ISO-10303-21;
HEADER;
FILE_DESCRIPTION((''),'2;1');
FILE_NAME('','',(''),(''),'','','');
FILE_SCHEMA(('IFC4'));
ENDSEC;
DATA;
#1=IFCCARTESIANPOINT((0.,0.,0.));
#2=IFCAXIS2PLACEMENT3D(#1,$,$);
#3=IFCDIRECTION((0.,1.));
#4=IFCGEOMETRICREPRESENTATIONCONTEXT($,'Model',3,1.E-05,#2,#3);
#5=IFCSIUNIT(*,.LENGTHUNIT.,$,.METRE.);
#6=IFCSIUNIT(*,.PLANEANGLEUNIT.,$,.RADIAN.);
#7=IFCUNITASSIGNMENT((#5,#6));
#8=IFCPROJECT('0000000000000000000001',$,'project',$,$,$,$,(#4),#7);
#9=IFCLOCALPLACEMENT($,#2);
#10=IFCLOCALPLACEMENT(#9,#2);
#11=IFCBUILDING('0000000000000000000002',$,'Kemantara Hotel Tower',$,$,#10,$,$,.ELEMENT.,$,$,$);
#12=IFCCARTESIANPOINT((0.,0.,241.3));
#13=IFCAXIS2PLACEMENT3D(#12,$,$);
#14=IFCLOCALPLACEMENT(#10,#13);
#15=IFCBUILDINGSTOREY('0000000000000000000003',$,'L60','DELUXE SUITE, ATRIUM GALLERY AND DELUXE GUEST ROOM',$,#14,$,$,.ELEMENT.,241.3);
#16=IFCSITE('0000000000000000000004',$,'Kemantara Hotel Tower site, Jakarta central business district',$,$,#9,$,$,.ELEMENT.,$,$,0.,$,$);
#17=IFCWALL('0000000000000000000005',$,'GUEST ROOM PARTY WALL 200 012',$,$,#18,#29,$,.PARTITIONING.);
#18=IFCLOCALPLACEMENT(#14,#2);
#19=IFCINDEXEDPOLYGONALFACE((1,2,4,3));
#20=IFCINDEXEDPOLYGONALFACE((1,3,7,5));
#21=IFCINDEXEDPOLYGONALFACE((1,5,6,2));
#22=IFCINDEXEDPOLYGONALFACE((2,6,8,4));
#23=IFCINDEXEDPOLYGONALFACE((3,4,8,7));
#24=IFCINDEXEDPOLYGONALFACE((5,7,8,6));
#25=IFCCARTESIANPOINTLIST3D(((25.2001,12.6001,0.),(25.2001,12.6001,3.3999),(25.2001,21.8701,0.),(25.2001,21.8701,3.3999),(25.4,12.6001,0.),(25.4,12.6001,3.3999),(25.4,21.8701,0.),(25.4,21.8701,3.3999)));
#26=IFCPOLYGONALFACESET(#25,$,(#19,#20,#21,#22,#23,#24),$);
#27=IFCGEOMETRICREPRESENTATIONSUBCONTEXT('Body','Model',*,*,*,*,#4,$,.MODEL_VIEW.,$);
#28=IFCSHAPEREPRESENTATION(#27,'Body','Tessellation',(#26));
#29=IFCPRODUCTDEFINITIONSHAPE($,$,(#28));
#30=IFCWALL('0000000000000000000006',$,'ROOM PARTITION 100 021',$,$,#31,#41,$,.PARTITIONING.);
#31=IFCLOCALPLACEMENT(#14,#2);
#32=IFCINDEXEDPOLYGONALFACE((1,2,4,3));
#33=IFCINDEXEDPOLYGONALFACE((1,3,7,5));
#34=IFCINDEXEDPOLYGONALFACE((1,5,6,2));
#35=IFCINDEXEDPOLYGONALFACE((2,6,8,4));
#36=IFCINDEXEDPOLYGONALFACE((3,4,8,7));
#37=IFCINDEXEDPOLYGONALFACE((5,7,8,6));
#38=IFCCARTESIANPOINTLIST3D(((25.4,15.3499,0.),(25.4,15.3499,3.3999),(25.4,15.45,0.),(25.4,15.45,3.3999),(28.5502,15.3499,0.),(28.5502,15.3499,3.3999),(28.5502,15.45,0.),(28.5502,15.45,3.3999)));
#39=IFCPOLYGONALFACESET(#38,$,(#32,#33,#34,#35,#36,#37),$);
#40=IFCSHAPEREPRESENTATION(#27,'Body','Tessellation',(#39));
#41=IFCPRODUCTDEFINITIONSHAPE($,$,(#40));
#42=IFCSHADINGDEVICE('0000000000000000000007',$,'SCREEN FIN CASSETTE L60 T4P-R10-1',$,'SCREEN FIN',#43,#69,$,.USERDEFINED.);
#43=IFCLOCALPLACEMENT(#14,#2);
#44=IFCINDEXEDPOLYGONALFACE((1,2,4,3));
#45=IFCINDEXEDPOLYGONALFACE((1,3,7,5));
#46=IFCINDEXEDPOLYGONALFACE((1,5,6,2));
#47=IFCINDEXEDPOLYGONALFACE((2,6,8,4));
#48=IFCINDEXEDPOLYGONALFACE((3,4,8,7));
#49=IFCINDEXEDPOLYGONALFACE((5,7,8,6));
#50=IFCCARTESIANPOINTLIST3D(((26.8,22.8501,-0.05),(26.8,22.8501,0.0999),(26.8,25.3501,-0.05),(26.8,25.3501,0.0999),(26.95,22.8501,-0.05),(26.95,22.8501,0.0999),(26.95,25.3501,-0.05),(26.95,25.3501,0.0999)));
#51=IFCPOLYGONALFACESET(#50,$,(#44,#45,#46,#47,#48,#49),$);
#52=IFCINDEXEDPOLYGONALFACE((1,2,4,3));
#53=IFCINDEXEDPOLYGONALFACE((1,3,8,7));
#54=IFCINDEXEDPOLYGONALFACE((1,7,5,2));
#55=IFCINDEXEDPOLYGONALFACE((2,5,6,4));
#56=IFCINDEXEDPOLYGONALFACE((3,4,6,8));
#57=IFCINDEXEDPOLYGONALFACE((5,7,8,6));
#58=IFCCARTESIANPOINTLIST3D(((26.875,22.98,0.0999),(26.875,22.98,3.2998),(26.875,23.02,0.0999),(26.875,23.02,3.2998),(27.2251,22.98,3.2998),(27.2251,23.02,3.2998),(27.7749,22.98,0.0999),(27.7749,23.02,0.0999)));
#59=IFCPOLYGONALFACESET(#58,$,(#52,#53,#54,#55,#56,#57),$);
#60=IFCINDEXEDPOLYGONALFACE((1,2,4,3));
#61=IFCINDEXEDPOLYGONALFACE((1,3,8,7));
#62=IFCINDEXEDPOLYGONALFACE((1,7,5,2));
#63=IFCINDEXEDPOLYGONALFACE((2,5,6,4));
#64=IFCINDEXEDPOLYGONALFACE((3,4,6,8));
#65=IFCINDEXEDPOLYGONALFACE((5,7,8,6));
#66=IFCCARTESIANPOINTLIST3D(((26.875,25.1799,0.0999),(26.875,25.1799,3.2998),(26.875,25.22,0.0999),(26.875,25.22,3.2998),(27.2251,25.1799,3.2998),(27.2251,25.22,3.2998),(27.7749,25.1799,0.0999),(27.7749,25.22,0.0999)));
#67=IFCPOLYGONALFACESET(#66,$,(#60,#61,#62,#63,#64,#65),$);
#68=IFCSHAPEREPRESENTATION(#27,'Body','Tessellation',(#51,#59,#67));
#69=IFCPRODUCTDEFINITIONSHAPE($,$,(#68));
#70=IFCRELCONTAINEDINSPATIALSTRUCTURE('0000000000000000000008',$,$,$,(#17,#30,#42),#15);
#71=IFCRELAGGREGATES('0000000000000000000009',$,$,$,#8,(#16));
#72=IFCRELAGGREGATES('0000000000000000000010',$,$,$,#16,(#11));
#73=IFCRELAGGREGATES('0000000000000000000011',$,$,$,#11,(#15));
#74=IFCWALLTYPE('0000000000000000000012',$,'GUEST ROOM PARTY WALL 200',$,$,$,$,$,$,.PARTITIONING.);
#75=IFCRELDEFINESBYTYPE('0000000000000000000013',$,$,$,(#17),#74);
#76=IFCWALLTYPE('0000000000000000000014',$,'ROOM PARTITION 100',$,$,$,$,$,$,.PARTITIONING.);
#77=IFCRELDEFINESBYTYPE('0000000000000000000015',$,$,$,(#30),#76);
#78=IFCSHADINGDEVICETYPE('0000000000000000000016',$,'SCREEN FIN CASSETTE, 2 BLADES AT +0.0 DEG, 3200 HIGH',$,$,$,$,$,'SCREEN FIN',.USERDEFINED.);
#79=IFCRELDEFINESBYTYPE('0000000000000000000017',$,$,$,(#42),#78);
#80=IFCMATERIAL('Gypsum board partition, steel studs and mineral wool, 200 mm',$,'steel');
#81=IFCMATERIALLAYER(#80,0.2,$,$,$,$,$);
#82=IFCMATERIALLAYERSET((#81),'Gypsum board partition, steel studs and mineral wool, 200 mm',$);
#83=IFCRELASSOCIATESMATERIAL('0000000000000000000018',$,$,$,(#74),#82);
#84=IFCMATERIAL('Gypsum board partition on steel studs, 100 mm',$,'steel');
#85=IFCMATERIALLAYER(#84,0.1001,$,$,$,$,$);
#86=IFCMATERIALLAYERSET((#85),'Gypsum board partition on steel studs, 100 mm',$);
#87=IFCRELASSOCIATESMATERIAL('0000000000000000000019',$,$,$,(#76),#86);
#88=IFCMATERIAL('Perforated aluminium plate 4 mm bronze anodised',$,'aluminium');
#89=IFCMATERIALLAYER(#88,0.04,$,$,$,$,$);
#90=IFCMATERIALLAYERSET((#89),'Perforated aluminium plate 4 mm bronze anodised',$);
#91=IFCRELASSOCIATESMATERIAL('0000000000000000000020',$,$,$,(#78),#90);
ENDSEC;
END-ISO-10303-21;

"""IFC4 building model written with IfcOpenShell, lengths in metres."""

from ifc_helpers import new_model, si_unit, direction, frame, frame_2d, origin, origin_2d, place, context, subcontext, project, spatial, polyline, rectangle, outline, extrude, source, transform, mapped, material, layer, layer_set, type_object, element, save


model = new_model("IFC4")

# Units and contexts
model_context = context("Model", 3, precision=1e-05, world=origin(), true_north=direction((0.0, 1.0)))
body_context = subcontext(model_context, "Body", "Model", "MODEL_VIEW")
ifc_project = project(units=[si_unit("LENGTHUNIT", "METRE"), si_unit("PLANEANGLEUNIT", "RADIAN")], contexts=[model_context])

# Site, building, storey
site_placement = place(None, origin())
site = spatial("IfcSite", under=ifc_project, at=site_placement, Name="Kemantara Hotel Tower site, Jakarta central business district", CompositionType="ELEMENT", RefElevation=0.0)
building_placement = place(site_placement, origin())
building = spatial("IfcBuilding", under=site, at=building_placement, Name="Kemantara Hotel Tower", CompositionType="ELEMENT")
storey_placement = place(building_placement, frame((0.0, 0.0, 241.3)))
storey = spatial("IfcBuildingStorey", under=building, at=storey_placement, Name="L60", Description="DELUXE SUITE, ATRIUM GALLERY AND DELUXE GUEST ROOM", CompositionType="ELEMENT", Elevation=241.3)

# Walls
ifc_material_1 = material(Name="Gypsum board partition, steel studs and mineral wool, 200 mm", Category="steel")
ifc_layer_1 = layer(ifc_material_1, 0.2)
ifc_layer_set_1 = layer_set([ifc_layer_1], Name="Gypsum board partition, steel studs and mineral wool, 200 mm")
wall_type_1 = type_object("IfcWallType", Name="GUEST ROOM PARTY WALL 200", PredefinedType="PARTITIONING", material=ifc_layer_set_1)
wall_1_placement = place(storey_placement, frame((25.3, 12.6001, 0.0), z_axis=(0.0, 0.0, 1.0), x_axis=(0.0, 1.0, 0.0)))
element("IfcWall", 1, at=wall_1_placement, inside=storey, type_object=wall_type_1, Name="GUEST ROOM PARTY WALL 200 012", PredefinedType="PARTITIONING", context=body_context, shape_type="SweptSolid", body=[
    extrude(rectangle(XDim=9.27, YDim=0.2, at=frame_2d((4.635, 0.0))), origin(), (0.0, 0.0, 1.0), 3.3999),
])
ifc_material_2 = material(Name="Gypsum board partition on steel studs, 100 mm", Category="steel")
ifc_layer_2 = layer(ifc_material_2, 0.1001)
ifc_layer_set_2 = layer_set([ifc_layer_2], Name="Gypsum board partition on steel studs, 100 mm")
wall_type_2 = type_object("IfcWallType", Name="ROOM PARTITION 100", PredefinedType="PARTITIONING", material=ifc_layer_set_2)
wall_2_placement = place(storey_placement, frame((25.3999, 15.3999, 0.0), z_axis=(0.0, 0.0, 1.0), x_axis=(1.0, 0.0, 0.0)))
element("IfcWall", 2, at=wall_2_placement, inside=storey, type_object=wall_type_2, Name="ROOM PARTITION 100 021", PredefinedType="PARTITIONING", context=body_context, shape_type="SweptSolid", body=[
    extrude(rectangle(XDim=3.1501, YDim=0.1001, at=frame_2d((1.5752, 0.0))), origin(), (0.0, 0.0, 1.0), 3.3999),
])

# Shading device
ifc_material_3 = material(Name="Perforated aluminium plate 4 mm bronze anodised", Category="aluminium")
ifc_layer_3 = layer(ifc_material_3, 0.04)
ifc_layer_set_3 = layer_set([ifc_layer_3], Name="Perforated aluminium plate 4 mm bronze anodised")
shading_device_type = type_object("IfcShadingDeviceType", Name="SCREEN FIN CASSETTE, 2 BLADES AT +0.0 DEG, 3200 HIGH", ElementType="SCREEN FIN", PredefinedType="USERDEFINED", material=ifc_layer_set_3)
shared_shape_1 = source(origin(), body_context, "Body", "SweptSolid", [
    extrude(rectangle(XDim=2.5, YDim=0.1499, at=origin_2d()), frame((1.1001, -0.075, -0.1499), z_axis=(0.0, 0.0, 1.0), x_axis=(1.0, 0.0, 0.0)), (0.0, 0.0, 1.0), 0.1499),
    extrude(outline(polyline([(0.0, 0.0), (0.8999, 0.0), (0.3501, 3.2), (0.0, 3.2), (0.0, 0.0)])), frame((0.02, -0.075, 0.0), z_axis=(-1.0, 0.0, 0.0), x_axis=(0.0, -1.0, 0.0)), (0.0, 0.0, 1.0), 0.04),
    extrude(outline(polyline([(0.0, 0.0), (0.8999, 0.0), (0.3501, 3.2), (0.0, 3.2), (0.0, 0.0)])), frame((2.22, -0.075, 0.0), z_axis=(-1.0, 0.0, 0.0), x_axis=(0.0, -1.0, 0.0)), (0.0, 0.0, 1.0), 0.04),
])
shading_device_placement = place(storey_placement, frame((26.8, 23.0, 0.0999), z_axis=(0.0, 0.0, 1.0), x_axis=(0.0, 1.0, 0.0)))
element("IfcShadingDevice", 3, at=shading_device_placement, inside=storey, type_object=shading_device_type, Name="SCREEN FIN CASSETTE L60 T4P-R10-1", ObjectType="SCREEN FIN", PredefinedType="USERDEFINED", context=body_context, shape_type="MappedRepresentation", body=[
    mapped(shared_shape_1, transform((0.0, 0.0, 0.0))),
])

save(model, "model.ifc")
